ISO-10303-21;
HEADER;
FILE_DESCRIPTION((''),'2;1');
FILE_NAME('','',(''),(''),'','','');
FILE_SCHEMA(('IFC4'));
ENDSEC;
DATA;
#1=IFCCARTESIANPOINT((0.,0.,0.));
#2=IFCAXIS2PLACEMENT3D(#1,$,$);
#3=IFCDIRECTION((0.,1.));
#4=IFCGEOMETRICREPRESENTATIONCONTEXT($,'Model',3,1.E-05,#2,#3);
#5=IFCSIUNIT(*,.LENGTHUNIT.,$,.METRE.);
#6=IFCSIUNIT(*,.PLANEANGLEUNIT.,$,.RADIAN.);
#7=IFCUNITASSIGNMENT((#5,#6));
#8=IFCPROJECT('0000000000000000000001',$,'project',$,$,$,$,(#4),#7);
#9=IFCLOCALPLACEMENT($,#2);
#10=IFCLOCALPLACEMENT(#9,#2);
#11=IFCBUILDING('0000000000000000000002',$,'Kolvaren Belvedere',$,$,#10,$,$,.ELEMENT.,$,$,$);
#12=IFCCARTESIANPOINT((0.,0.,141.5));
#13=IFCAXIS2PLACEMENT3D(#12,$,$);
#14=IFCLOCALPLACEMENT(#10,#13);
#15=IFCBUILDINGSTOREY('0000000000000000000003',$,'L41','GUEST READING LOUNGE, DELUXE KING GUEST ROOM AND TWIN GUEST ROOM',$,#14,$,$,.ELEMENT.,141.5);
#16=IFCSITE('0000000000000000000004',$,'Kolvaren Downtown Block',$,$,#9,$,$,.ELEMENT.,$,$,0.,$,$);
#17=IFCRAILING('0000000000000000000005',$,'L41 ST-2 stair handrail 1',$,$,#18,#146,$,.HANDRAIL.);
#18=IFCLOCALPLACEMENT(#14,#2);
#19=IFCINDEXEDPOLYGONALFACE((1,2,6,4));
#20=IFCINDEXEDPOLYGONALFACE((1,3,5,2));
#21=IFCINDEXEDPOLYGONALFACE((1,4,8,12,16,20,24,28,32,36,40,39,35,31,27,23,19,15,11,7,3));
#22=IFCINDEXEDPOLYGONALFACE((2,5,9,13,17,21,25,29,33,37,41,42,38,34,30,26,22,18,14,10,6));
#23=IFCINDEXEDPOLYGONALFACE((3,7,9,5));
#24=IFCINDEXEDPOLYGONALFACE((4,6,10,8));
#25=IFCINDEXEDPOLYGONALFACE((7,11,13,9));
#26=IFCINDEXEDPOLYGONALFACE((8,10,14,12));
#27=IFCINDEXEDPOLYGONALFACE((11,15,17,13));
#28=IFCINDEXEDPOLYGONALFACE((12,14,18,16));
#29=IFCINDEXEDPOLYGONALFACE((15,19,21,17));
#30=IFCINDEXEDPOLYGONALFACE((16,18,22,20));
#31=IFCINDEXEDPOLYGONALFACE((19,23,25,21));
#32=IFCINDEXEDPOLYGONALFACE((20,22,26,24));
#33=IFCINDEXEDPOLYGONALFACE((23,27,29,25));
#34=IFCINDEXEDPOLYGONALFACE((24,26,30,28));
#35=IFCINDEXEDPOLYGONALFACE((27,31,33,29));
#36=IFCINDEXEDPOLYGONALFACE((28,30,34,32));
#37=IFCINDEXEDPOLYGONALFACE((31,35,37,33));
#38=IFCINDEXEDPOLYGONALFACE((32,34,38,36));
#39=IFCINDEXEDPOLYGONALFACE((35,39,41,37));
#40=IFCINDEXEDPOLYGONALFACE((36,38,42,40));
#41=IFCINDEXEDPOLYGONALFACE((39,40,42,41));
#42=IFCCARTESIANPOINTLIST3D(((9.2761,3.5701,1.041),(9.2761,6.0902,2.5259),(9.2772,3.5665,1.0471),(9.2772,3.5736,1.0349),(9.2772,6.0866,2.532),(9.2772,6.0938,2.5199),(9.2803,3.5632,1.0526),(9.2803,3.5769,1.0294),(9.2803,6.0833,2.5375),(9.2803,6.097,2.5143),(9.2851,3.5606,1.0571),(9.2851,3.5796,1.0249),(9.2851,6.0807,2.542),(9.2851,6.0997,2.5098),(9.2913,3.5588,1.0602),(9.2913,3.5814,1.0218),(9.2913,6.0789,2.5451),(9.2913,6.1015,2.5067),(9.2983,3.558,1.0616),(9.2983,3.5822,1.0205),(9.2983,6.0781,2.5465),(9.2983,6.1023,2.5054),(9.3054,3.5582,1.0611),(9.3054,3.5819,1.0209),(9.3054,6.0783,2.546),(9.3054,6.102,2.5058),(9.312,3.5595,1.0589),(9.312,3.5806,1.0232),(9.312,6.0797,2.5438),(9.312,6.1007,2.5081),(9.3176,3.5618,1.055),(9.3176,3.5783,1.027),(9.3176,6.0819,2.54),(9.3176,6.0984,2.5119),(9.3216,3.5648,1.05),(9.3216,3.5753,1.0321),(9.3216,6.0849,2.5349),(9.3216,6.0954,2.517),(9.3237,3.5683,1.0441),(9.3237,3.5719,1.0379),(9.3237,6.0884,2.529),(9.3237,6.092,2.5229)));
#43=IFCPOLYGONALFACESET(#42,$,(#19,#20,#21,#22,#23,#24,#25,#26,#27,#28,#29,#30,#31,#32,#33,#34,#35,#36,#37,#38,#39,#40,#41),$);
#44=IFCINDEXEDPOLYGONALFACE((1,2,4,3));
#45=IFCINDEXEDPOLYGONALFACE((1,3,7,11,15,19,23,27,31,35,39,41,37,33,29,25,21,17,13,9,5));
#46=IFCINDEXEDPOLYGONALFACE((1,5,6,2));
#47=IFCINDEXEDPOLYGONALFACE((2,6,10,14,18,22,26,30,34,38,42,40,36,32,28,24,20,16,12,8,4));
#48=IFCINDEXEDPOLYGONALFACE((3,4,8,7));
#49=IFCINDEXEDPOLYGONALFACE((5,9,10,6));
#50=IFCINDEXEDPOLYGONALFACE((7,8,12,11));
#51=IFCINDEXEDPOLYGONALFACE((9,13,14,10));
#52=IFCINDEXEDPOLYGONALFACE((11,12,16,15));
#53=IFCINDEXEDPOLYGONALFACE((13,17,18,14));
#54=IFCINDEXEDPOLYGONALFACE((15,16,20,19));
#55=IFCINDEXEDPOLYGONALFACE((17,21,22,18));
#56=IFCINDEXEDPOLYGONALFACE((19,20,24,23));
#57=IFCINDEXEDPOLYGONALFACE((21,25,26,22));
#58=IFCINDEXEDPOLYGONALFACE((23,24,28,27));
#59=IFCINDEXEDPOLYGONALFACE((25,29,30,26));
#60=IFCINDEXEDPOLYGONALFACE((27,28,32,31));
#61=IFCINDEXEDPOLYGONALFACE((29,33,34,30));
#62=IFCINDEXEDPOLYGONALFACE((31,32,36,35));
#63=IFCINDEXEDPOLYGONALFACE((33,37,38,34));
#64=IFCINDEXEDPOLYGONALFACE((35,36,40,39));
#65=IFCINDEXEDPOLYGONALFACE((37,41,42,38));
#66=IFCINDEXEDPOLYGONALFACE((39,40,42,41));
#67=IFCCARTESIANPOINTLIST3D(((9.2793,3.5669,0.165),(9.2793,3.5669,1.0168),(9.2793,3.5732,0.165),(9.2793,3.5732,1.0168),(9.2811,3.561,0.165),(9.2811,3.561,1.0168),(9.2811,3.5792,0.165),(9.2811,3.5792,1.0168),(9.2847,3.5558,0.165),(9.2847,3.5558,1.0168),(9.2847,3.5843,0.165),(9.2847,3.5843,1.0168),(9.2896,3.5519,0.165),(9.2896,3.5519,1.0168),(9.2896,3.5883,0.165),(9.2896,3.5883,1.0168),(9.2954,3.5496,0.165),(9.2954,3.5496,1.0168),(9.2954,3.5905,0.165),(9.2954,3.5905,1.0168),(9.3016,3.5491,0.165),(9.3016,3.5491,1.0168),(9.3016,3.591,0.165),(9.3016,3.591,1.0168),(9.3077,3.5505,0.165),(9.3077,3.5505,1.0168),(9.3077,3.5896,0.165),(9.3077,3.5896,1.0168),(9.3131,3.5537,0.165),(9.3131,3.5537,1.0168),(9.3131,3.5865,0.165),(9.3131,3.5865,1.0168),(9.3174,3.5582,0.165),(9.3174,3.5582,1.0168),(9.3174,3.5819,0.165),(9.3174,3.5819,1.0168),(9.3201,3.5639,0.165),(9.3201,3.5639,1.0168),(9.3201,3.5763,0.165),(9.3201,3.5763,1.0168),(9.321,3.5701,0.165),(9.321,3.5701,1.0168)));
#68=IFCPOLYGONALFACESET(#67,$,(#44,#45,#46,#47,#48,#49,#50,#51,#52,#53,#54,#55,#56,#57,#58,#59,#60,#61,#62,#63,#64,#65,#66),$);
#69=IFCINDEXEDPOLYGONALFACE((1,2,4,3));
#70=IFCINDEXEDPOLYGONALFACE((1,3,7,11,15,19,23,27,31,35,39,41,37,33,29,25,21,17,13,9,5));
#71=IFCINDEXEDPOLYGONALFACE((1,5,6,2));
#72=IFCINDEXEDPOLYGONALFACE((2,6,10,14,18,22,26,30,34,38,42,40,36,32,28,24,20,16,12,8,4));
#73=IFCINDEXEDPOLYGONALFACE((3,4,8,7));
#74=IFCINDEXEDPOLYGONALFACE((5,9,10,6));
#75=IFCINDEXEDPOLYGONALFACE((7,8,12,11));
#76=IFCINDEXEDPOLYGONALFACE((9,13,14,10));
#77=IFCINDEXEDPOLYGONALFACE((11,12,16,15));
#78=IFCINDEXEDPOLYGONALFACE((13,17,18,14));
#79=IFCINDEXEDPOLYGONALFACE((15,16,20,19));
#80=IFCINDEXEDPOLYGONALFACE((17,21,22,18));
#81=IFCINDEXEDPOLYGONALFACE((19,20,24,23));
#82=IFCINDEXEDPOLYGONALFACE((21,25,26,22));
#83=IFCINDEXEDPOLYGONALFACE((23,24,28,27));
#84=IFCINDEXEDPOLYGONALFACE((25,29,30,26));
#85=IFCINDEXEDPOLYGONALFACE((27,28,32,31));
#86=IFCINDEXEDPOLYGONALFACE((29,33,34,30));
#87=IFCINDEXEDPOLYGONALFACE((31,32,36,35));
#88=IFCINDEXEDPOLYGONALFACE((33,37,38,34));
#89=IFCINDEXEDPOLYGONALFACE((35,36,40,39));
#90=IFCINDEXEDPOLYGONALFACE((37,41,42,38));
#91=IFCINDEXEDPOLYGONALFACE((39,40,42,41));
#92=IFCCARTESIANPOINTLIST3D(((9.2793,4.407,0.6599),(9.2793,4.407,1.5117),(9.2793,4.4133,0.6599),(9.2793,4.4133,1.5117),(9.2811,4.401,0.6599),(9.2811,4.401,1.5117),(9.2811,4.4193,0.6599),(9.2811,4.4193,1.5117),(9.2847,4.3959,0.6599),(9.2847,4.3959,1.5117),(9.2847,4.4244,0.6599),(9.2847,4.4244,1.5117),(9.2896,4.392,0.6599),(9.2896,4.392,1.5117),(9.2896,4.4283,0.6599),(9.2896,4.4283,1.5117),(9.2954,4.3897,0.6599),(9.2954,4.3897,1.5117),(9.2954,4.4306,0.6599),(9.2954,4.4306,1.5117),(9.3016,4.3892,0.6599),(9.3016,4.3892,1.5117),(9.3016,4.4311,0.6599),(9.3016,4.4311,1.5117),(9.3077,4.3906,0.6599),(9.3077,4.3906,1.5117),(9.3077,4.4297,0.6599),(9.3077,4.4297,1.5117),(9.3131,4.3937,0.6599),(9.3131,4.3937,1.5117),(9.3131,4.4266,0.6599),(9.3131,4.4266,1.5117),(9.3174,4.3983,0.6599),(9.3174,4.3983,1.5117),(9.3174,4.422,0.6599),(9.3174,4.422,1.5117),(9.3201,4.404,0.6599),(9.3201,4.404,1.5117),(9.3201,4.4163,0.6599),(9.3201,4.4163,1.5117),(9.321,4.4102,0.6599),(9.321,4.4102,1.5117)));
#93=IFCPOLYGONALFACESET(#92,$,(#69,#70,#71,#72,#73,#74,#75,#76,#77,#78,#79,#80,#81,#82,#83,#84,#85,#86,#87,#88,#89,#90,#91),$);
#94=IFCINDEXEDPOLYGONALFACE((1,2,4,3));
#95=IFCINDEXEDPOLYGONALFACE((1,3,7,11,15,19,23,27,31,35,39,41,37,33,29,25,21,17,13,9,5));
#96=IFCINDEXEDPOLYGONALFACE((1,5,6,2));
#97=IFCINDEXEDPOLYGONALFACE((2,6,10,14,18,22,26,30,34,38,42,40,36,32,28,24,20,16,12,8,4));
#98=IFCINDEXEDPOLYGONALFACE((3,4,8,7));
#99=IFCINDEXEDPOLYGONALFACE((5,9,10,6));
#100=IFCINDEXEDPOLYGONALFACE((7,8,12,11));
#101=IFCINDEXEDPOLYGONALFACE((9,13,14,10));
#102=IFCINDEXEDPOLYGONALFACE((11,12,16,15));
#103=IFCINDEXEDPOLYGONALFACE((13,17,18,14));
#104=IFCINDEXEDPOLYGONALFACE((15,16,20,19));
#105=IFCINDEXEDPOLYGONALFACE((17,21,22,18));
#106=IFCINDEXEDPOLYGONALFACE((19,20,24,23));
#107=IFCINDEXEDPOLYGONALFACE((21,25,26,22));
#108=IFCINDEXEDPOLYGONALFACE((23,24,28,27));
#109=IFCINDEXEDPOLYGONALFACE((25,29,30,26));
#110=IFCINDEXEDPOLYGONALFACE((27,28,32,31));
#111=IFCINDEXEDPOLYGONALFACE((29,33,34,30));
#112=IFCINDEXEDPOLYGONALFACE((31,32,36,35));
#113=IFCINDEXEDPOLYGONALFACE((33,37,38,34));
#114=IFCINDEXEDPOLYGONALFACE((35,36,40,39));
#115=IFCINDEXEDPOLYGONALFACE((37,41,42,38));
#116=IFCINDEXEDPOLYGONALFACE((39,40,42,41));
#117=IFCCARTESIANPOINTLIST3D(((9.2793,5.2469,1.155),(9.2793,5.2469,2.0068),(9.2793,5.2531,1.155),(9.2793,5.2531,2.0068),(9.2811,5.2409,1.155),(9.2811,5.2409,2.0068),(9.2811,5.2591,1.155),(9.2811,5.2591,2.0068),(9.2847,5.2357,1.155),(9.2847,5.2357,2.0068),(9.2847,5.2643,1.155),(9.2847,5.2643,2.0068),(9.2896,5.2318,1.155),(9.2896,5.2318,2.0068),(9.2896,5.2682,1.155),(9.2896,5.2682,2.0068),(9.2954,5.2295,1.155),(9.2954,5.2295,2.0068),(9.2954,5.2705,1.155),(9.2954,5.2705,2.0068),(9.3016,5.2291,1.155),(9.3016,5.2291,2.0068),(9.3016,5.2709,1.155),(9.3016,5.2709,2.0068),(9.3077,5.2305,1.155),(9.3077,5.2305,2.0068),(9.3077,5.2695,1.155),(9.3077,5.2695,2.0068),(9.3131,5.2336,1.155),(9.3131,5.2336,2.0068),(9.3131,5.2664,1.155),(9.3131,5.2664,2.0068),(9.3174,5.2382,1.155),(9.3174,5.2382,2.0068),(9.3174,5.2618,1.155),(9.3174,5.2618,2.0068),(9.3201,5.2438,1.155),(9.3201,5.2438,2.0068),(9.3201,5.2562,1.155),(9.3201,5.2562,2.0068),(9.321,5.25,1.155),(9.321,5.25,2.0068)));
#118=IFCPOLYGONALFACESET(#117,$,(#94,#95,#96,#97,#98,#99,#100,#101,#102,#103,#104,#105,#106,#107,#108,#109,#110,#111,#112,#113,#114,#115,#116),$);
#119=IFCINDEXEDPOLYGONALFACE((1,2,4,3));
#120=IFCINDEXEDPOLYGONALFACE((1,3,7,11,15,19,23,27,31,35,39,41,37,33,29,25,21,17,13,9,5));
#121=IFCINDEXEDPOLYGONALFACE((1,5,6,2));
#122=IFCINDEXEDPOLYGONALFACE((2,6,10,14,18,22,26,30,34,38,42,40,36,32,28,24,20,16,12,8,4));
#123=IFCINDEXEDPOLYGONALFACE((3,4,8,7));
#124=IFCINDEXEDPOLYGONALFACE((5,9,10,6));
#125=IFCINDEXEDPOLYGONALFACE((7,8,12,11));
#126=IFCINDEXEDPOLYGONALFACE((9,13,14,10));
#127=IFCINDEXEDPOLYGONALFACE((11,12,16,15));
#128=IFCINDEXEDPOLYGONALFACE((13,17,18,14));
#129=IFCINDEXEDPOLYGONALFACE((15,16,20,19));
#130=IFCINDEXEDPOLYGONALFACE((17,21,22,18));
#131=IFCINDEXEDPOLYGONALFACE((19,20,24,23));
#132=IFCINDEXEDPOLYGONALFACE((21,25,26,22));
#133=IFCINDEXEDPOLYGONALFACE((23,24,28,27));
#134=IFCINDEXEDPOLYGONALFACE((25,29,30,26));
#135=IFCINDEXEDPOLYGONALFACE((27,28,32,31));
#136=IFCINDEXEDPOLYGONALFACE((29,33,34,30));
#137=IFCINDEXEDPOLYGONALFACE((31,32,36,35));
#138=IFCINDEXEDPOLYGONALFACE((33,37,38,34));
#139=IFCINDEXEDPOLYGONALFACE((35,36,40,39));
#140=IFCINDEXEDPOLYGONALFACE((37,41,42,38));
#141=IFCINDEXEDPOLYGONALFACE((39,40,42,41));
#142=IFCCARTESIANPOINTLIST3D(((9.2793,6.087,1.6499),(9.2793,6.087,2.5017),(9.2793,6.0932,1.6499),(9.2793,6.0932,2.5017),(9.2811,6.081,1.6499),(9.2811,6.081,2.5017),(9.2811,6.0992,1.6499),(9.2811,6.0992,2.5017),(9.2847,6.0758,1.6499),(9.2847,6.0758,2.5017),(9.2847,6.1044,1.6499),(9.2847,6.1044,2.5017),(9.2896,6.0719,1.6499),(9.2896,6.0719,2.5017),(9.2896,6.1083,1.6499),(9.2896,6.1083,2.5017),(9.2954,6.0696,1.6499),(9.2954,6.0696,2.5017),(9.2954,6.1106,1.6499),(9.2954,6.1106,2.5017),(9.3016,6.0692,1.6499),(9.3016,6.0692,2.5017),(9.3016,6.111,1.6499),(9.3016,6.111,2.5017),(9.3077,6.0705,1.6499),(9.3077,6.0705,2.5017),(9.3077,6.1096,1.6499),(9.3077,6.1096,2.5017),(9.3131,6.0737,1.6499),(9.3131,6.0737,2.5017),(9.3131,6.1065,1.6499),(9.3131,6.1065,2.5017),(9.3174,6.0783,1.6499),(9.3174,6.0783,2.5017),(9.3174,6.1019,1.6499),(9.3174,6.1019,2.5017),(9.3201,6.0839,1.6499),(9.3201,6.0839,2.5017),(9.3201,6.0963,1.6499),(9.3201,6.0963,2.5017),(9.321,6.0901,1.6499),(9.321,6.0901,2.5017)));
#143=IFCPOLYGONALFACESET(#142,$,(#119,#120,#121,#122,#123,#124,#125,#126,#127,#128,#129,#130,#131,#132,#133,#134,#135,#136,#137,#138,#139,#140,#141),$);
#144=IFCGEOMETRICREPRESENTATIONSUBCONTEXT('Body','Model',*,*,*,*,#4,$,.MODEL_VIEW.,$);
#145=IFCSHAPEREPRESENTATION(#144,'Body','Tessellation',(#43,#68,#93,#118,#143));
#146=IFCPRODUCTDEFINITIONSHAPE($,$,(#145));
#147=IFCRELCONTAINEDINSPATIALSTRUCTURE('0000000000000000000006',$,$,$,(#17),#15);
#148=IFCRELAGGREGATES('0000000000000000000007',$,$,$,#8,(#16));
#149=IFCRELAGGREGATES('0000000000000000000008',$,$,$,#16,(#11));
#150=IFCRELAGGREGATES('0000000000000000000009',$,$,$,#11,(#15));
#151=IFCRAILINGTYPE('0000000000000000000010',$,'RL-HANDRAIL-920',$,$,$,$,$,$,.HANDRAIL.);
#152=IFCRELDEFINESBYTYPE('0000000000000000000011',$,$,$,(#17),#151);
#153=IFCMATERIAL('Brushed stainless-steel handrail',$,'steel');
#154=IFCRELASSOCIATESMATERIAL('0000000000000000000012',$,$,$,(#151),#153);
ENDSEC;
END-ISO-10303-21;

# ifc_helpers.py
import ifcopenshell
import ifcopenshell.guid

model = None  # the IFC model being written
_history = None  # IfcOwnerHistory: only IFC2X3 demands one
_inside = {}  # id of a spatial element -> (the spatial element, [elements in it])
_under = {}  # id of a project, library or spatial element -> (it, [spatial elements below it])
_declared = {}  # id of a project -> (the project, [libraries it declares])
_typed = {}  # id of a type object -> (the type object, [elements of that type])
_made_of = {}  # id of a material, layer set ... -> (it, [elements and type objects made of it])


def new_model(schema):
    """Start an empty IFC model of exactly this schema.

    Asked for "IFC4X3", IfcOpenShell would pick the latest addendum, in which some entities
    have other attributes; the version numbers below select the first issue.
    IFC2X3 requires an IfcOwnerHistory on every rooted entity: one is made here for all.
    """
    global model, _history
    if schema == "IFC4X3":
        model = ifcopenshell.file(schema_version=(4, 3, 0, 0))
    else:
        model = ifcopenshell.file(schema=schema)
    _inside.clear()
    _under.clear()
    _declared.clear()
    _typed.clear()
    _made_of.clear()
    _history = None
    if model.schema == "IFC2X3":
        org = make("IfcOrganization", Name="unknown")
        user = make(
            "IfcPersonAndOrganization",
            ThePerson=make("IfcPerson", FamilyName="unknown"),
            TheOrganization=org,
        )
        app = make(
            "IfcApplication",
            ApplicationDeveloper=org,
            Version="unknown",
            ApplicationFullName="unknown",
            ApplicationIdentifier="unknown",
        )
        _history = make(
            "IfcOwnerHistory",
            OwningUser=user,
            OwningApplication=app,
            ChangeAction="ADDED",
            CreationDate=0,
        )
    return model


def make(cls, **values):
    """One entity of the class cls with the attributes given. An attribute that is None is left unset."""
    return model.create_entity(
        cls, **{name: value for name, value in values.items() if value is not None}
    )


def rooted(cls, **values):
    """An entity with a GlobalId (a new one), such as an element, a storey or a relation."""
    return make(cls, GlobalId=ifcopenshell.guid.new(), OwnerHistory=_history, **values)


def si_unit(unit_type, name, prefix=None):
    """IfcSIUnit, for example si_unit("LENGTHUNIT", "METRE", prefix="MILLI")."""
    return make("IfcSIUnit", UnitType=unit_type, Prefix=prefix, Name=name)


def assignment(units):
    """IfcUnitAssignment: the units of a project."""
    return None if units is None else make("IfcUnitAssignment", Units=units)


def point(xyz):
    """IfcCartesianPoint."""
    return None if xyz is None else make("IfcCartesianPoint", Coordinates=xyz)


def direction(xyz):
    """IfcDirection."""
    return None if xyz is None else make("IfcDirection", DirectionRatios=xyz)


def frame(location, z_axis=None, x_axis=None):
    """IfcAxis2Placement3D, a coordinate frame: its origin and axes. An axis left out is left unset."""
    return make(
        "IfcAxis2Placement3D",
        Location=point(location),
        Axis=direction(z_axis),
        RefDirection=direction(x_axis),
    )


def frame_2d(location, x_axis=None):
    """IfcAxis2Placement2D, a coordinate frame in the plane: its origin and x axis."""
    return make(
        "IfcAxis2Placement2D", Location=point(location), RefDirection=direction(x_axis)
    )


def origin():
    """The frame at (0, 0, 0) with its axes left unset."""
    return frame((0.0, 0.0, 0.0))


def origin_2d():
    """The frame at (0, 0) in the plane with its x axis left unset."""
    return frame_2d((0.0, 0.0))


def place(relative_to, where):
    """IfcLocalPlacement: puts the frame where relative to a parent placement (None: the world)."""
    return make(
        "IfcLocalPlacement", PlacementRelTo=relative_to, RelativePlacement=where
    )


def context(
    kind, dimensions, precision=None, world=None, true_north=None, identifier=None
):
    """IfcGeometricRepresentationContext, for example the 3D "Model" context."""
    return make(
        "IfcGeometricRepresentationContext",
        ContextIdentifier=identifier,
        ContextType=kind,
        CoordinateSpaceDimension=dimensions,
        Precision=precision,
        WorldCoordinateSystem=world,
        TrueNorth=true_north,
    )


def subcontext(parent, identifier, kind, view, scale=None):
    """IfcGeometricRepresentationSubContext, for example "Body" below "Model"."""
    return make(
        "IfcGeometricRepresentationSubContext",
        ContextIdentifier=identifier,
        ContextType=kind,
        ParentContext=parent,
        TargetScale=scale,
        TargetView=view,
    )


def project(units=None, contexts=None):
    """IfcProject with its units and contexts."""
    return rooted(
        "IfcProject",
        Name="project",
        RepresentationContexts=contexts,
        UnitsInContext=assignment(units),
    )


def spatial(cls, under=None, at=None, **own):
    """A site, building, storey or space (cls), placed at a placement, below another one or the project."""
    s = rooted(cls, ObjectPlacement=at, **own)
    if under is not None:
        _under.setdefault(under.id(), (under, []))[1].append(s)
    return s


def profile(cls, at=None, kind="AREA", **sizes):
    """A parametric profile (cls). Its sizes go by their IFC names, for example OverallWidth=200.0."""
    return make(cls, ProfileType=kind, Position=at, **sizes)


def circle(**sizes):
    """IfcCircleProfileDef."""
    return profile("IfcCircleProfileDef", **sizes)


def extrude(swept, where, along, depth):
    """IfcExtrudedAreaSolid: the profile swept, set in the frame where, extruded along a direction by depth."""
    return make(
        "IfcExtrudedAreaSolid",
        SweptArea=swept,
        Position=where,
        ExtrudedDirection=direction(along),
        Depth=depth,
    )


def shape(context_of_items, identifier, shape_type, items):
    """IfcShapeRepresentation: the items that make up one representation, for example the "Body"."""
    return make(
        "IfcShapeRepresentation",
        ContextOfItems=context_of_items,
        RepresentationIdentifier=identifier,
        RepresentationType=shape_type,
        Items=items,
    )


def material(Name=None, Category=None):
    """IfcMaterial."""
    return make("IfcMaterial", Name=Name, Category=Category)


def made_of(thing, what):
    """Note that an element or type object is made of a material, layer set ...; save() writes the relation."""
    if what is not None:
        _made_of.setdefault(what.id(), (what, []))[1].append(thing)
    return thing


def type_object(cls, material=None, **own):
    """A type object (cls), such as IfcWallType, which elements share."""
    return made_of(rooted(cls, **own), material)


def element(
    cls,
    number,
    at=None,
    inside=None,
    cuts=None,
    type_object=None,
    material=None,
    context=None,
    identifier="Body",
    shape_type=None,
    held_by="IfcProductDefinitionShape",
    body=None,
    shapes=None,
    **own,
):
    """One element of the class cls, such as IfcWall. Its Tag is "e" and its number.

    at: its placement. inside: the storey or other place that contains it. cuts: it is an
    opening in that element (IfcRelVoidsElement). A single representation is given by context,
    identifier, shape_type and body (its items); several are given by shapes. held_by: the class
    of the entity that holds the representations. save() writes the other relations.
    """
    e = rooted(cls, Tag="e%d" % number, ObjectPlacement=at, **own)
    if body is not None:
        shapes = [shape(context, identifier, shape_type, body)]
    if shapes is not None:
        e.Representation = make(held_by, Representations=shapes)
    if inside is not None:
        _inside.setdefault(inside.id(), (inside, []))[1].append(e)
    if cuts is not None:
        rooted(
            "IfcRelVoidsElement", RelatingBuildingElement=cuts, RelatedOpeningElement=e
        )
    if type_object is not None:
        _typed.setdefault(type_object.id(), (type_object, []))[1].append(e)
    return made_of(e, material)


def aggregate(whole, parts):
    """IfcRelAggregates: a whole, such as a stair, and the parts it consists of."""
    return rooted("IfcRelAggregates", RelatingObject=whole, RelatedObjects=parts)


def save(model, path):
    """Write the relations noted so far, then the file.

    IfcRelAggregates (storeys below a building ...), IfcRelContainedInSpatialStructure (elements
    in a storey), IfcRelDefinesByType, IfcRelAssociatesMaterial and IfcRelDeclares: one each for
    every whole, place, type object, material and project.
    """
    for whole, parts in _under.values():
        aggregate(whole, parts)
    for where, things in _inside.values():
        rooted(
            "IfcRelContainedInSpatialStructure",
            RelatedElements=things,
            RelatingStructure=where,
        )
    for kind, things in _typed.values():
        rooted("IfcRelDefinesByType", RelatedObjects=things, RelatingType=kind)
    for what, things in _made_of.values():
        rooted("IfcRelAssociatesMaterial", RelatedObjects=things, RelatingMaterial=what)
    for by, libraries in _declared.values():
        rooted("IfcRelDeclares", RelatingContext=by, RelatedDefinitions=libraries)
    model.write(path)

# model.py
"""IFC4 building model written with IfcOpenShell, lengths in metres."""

from ifc_helpers import new_model, si_unit, direction, frame, origin, origin_2d, place, context, subcontext, project, spatial, circle, extrude, material, type_object, element, save


model = new_model("IFC4")

# Units and contexts
model_context = context("Model", 3, precision=1e-05, world=origin(), true_north=direction((0.0, 1.0)))
body_context = subcontext(model_context, "Body", "Model", "MODEL_VIEW")
ifc_project = project(units=[si_unit("LENGTHUNIT", "METRE"), si_unit("PLANEANGLEUNIT", "RADIAN")], contexts=[model_context])

# Site, building, storey
site_placement = place(None, origin())
site = spatial("IfcSite", under=ifc_project, at=site_placement, Name="Kolvaren Downtown Block", CompositionType="ELEMENT", RefElevation=0.0)
building_placement = place(site_placement, origin())
building = spatial("IfcBuilding", under=site, at=building_placement, Name="Kolvaren Belvedere", CompositionType="ELEMENT")
storey_placement = place(building_placement, frame((0.0, 0.0, 141.5)))
storey = spatial("IfcBuildingStorey", under=building, at=storey_placement, Name="L41", Description="GUEST READING LOUNGE, DELUXE KING GUEST ROOM AND TWIN GUEST ROOM", CompositionType="ELEMENT", Elevation=141.5)

# Railing
ifc_material_1 = material(Name="Brushed stainless-steel handrail", Category="steel")
railing_type_1 = type_object("IfcRailingType", Name="RL-HANDRAIL-920", PredefinedType="HANDRAIL", material=ifc_material_1)
railing_1_placement = place(storey_placement, frame((9.3, 3.5701, 0.165)))
element("IfcRailing", 1, at=railing_1_placement, inside=storey, type_object=railing_type_1, Name="L41 ST-2 stair handrail 1", PredefinedType="HANDRAIL", context=body_context, shape_type="SweptSolid", body=[
    extrude(circle(Radius=0.0239, at=origin_2d()), frame((0.0, 0.0, 0.876), z_axis=(0.0, 0.861561, 0.507655), x_axis=(-1.0, 0.0, 0.0)), (0.0, 0.0, 1.0), 2.925),
    extrude(circle(Radius=0.021, at=origin_2d()), origin(), (0.0, 0.0, 1.0), 0.8518),
    extrude(circle(Radius=0.021, at=origin_2d()), frame((0.0, 0.8401, 0.4949)), (0.0, 0.0, 1.0), 0.8518),
    extrude(circle(Radius=0.021, at=origin_2d()), frame((0.0, 1.6799, 0.99)), (0.0, 0.0, 1.0), 0.8518),
    extrude(circle(Radius=0.021, at=origin_2d()), frame((0.0, 2.52, 1.4849)), (0.0, 0.0, 1.0), 0.8518),
])

save(model, "model.ifc")
